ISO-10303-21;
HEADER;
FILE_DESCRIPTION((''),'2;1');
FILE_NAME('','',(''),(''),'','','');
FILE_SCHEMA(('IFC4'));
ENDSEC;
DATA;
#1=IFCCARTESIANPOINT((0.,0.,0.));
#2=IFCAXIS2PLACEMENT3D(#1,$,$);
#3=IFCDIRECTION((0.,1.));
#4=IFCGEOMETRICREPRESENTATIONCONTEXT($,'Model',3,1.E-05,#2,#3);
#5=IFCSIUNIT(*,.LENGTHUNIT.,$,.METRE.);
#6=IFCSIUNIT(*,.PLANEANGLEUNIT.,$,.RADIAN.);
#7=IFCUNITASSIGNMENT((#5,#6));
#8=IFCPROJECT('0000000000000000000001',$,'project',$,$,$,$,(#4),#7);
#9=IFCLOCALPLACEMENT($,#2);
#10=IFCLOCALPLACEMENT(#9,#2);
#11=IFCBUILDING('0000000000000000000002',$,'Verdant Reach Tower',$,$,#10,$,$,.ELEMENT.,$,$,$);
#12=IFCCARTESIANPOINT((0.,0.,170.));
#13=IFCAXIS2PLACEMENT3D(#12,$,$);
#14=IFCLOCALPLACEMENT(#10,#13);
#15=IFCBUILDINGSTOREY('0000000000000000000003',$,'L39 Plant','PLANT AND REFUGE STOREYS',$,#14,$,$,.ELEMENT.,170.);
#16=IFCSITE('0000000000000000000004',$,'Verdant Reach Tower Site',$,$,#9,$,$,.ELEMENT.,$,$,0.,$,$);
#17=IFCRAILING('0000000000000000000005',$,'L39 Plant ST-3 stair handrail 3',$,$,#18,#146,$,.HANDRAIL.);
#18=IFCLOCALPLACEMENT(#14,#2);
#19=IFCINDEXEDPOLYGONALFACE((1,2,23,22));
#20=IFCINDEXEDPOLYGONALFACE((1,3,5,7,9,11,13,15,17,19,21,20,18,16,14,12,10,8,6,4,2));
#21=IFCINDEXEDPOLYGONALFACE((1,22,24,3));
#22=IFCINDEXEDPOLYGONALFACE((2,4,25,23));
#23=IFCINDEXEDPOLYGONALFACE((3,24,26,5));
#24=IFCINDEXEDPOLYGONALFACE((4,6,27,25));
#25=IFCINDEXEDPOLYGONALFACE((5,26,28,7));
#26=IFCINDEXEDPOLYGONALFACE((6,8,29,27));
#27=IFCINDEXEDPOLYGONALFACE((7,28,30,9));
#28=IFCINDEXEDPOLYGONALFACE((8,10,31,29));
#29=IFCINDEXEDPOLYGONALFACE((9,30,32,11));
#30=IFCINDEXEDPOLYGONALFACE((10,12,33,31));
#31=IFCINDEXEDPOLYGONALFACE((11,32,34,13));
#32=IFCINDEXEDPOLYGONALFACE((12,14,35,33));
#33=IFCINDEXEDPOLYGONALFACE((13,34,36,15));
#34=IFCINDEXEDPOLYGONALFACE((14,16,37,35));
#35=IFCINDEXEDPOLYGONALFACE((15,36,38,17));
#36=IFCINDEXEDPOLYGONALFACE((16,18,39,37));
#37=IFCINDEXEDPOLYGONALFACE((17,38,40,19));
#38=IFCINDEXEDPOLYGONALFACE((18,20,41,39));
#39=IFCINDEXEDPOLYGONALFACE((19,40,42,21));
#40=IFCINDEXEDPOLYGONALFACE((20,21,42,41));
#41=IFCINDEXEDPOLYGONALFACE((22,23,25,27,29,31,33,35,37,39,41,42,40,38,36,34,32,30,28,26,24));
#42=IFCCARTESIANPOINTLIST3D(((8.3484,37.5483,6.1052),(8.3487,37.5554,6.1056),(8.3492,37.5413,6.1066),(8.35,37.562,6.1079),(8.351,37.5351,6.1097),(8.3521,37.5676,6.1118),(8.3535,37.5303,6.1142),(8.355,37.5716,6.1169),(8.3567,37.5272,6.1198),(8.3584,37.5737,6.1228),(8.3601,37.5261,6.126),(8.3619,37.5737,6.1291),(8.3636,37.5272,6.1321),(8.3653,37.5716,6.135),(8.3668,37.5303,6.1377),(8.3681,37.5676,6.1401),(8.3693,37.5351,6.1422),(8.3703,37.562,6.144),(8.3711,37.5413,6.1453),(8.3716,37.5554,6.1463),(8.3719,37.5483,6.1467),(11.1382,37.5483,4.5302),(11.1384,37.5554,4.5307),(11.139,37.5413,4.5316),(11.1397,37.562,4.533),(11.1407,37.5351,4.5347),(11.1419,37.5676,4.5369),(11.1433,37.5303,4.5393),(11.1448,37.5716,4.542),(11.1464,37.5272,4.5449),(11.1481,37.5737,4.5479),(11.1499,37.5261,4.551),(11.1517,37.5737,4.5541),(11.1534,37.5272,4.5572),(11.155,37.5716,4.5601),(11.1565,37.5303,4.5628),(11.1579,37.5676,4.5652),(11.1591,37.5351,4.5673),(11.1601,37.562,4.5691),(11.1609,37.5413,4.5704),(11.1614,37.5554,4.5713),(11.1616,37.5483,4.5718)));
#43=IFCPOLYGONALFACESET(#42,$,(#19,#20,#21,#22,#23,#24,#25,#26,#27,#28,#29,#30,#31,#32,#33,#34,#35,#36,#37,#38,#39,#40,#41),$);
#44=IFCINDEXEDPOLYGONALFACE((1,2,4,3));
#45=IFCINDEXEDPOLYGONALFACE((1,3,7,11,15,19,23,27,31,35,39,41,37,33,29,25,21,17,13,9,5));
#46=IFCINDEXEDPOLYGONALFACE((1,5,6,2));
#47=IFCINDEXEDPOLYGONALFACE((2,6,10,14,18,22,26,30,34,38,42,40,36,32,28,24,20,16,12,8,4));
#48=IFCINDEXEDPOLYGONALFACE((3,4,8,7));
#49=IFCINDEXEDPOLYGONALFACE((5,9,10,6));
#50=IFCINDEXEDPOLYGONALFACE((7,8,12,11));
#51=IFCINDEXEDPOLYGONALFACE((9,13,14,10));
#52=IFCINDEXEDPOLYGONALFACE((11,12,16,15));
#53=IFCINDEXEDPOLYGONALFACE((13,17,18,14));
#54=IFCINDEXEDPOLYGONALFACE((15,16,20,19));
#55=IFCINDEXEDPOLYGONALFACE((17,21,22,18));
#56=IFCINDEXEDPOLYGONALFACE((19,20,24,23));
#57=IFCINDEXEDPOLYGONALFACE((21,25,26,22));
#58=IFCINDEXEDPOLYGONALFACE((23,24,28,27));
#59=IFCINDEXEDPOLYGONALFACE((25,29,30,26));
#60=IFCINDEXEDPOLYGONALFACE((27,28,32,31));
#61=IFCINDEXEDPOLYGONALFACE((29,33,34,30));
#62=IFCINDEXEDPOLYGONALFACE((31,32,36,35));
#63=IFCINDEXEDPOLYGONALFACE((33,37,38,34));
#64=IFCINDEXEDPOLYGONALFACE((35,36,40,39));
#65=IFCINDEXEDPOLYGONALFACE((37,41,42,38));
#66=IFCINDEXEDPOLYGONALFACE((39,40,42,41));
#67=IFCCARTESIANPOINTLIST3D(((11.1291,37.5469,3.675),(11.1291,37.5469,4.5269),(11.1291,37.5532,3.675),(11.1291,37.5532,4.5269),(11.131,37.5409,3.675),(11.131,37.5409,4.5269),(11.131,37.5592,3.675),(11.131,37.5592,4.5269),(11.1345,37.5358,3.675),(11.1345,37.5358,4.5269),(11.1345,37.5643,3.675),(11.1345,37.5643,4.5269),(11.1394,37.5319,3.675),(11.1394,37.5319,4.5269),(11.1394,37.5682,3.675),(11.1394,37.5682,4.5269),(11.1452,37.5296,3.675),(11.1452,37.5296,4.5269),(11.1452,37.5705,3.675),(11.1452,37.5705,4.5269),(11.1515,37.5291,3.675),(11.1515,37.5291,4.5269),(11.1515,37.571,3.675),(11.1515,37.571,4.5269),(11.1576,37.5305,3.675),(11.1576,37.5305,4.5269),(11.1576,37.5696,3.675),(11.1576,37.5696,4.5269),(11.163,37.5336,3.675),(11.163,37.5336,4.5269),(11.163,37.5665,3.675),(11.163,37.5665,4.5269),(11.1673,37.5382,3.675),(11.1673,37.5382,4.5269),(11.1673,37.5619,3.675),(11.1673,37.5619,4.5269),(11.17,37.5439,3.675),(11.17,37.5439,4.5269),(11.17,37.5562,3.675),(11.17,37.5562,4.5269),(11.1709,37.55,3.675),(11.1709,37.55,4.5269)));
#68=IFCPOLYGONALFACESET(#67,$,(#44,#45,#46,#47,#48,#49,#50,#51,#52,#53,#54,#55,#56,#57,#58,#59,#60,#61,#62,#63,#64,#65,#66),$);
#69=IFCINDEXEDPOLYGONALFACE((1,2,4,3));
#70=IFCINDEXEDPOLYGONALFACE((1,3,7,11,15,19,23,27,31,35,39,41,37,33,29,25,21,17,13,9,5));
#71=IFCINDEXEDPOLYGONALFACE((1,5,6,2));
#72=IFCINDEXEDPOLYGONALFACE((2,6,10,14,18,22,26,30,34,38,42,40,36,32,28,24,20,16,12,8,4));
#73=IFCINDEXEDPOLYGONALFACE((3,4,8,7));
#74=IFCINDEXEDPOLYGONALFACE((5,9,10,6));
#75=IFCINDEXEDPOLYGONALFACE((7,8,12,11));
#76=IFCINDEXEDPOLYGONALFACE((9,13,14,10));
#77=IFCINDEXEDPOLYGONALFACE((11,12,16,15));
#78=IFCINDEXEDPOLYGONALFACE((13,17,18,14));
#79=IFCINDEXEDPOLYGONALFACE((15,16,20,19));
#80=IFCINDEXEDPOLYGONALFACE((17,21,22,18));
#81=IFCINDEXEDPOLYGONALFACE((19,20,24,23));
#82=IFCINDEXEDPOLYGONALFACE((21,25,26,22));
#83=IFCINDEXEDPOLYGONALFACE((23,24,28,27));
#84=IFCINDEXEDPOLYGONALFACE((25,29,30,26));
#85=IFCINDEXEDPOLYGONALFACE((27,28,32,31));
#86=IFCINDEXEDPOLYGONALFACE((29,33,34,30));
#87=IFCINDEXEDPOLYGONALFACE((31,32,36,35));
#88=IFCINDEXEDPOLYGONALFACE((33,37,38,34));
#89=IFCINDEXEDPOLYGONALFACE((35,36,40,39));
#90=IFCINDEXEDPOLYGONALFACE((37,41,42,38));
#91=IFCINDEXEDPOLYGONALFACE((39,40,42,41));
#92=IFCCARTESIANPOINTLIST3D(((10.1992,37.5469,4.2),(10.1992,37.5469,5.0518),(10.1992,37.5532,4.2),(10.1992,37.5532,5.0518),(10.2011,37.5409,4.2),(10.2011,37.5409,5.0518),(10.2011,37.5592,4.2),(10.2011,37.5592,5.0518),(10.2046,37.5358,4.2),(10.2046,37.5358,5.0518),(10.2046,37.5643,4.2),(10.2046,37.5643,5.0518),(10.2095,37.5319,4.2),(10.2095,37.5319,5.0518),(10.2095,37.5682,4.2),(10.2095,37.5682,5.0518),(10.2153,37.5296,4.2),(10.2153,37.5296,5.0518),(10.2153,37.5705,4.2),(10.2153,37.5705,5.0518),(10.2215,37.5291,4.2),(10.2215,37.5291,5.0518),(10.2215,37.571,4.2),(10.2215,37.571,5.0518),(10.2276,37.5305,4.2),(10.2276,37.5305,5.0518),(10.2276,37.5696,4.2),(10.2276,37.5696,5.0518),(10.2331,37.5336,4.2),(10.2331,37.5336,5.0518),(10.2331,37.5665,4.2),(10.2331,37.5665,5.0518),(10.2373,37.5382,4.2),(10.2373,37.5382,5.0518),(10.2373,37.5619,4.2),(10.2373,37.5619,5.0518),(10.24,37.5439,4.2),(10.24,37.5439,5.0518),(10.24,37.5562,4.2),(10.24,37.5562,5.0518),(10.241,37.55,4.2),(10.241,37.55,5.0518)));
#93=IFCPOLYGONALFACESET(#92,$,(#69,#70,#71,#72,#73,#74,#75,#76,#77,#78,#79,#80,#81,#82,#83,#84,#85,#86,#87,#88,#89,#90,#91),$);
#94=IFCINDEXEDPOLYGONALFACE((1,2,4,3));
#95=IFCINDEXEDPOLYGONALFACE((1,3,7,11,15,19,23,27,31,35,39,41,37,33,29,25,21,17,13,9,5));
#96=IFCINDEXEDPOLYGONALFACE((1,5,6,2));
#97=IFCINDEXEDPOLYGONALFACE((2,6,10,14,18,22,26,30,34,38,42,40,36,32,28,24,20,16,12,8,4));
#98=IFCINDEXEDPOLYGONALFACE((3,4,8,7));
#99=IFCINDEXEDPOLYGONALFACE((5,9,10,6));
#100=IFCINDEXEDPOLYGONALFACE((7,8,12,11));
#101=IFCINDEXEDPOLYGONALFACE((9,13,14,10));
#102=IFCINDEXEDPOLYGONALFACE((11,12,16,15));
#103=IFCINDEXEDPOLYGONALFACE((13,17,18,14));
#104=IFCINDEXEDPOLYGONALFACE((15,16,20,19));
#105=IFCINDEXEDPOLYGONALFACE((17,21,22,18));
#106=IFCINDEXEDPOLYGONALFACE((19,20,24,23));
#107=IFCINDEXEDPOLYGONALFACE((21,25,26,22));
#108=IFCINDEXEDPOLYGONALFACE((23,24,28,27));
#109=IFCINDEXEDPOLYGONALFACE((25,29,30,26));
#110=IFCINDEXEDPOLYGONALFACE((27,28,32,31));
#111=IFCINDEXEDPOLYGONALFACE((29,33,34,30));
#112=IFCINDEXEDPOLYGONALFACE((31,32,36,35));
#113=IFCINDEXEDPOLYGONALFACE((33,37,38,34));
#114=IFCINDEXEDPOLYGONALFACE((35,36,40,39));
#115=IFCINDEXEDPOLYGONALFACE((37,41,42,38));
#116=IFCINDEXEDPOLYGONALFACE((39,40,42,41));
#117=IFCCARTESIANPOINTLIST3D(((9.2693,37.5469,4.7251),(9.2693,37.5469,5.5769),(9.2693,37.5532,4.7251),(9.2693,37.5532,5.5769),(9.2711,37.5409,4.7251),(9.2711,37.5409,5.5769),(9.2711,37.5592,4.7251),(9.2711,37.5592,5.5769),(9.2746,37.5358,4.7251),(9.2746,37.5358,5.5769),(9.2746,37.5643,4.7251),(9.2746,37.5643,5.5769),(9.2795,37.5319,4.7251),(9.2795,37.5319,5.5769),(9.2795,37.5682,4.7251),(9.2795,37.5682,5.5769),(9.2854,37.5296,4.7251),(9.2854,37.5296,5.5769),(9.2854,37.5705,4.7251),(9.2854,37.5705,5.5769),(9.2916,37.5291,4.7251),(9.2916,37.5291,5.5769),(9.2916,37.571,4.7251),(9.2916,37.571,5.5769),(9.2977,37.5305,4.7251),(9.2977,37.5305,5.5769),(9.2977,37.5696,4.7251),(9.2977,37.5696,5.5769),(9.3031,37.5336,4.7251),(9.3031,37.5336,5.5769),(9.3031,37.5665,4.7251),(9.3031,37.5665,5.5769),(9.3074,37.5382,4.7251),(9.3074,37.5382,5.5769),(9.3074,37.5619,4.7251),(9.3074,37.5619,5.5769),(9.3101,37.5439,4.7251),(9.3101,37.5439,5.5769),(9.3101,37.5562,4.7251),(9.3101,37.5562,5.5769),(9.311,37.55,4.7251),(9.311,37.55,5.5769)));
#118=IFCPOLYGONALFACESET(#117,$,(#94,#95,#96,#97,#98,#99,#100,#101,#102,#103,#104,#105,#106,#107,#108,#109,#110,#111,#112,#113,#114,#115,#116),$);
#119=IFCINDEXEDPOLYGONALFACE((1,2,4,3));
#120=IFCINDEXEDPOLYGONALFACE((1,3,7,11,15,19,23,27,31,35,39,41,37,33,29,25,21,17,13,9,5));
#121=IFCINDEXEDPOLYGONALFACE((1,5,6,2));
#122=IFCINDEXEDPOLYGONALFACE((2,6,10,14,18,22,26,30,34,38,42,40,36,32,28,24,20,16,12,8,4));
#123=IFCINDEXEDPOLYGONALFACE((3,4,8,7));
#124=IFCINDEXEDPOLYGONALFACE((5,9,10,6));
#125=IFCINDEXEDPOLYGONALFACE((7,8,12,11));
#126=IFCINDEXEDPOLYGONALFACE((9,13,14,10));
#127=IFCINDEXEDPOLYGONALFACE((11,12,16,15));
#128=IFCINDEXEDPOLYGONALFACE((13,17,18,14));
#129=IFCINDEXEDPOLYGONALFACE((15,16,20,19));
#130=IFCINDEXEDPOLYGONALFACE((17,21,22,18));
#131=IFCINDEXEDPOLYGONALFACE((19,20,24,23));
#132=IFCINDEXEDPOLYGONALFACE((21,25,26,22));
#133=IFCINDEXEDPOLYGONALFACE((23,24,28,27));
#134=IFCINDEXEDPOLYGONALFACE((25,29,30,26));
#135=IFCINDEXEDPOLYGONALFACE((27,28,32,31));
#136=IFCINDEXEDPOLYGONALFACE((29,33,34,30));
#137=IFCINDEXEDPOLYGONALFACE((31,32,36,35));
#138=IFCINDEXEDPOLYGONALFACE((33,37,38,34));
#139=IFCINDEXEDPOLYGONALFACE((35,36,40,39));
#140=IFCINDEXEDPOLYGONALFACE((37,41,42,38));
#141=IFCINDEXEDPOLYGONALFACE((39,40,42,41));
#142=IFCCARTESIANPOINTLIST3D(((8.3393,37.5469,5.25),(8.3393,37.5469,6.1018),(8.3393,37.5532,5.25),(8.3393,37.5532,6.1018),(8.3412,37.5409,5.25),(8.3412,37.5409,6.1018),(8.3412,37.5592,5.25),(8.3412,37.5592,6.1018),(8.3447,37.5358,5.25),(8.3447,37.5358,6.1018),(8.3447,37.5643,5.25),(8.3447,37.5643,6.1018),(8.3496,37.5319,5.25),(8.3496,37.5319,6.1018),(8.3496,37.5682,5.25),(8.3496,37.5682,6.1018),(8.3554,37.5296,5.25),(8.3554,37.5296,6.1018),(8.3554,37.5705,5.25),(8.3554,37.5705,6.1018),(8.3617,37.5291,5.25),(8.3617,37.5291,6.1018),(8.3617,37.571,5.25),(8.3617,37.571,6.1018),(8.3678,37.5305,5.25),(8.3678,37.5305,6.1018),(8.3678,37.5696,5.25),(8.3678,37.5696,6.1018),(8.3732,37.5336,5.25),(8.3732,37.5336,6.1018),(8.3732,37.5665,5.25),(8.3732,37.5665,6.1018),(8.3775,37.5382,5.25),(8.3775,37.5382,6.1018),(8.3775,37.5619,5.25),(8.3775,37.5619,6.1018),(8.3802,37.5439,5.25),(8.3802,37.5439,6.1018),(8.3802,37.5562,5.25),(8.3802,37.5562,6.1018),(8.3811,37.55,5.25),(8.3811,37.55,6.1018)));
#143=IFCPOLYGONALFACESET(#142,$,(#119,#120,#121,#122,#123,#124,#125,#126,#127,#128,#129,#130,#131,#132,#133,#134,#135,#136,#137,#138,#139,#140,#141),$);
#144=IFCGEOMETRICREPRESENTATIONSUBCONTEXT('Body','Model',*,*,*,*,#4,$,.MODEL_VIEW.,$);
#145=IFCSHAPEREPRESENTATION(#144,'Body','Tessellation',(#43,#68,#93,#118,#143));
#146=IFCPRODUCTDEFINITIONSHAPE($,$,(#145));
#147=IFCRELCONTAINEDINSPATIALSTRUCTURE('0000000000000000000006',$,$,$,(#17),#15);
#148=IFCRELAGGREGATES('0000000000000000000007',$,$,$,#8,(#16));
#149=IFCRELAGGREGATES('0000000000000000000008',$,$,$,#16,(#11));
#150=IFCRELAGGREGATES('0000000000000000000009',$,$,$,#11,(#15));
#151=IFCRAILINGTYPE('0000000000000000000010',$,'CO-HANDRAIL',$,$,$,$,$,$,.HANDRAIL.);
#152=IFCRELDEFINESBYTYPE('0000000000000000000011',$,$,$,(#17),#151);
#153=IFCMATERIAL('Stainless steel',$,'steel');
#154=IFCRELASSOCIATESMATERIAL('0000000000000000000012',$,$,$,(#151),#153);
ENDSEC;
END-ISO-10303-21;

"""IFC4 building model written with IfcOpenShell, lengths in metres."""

from ifc_helpers import new_model, si_unit, direction, frame, origin, origin_2d, place, context, subcontext, project, spatial, circle, extrude, material, type_object, element, save


model = new_model("IFC4")

# Units and contexts
model_context = context("Model", 3, precision=1e-05, world=origin(), true_north=direction((0.0, 1.0)))
body_context = subcontext(model_context, "Body", "Model", "MODEL_VIEW")
ifc_project = project(units=[si_unit("LENGTHUNIT", "METRE"), si_unit("PLANEANGLEUNIT", "RADIAN")], contexts=[model_context])

# Site, building, storey
site_placement = place(None, origin())
site = spatial("IfcSite", under=ifc_project, at=site_placement, Name="Verdant Reach Tower Site", CompositionType="ELEMENT", RefElevation=0.0)
building_placement = place(site_placement, origin())
building = spatial("IfcBuilding", under=site, at=building_placement, Name="Verdant Reach Tower", CompositionType="ELEMENT")
storey_placement = place(building_placement, frame((0.0, 0.0, 170.0)))
storey = spatial("IfcBuildingStorey", under=building, at=storey_placement, Name="L39 Plant", Description="PLANT AND REFUGE STOREYS", CompositionType="ELEMENT", Elevation=170.0)

# Railing
ifc_material_1 = material(Name="Stainless steel", Category="steel")
railing_type_1 = type_object("IfcRailingType", Name="CO-HANDRAIL", PredefinedType="HANDRAIL", material=ifc_material_1)
railing_1_placement = place(storey_placement, frame((11.1499, 37.55, 3.675)))
element("IfcRailing", 1, at=railing_1_placement, inside=storey, type_object=railing_type_1, Name="L39 Plant ST-3 stair handrail 3", PredefinedType="HANDRAIL", context=body_context, shape_type="SweptSolid", body=[
    extrude(circle(Radius=0.0239, at=origin_2d()), frame((0.0, 0.0, 0.876), z_axis=(-0.870815, 0.0, 0.49161), x_axis=(0.0, -1.0, 0.0)), (0.0, 0.0, 1.0), 3.2036),
    extrude(circle(Radius=0.021, at=origin_2d()), origin(), (0.0, 0.0, 1.0), 0.8518),
    extrude(circle(Radius=0.021, at=origin_2d()), frame((-0.9299, 0.0, 0.5249)), (0.0, 0.0, 1.0), 0.8518),
    extrude(circle(Radius=0.021, at=origin_2d()), frame((-1.8599, 0.0, 1.05)), (0.0, 0.0, 1.0), 0.8518),
    extrude(circle(Radius=0.021, at=origin_2d()), frame((-2.7898, 0.0, 1.575)), (0.0, 0.0, 1.0), 0.8518),
])

save(model, "model.ifc")
